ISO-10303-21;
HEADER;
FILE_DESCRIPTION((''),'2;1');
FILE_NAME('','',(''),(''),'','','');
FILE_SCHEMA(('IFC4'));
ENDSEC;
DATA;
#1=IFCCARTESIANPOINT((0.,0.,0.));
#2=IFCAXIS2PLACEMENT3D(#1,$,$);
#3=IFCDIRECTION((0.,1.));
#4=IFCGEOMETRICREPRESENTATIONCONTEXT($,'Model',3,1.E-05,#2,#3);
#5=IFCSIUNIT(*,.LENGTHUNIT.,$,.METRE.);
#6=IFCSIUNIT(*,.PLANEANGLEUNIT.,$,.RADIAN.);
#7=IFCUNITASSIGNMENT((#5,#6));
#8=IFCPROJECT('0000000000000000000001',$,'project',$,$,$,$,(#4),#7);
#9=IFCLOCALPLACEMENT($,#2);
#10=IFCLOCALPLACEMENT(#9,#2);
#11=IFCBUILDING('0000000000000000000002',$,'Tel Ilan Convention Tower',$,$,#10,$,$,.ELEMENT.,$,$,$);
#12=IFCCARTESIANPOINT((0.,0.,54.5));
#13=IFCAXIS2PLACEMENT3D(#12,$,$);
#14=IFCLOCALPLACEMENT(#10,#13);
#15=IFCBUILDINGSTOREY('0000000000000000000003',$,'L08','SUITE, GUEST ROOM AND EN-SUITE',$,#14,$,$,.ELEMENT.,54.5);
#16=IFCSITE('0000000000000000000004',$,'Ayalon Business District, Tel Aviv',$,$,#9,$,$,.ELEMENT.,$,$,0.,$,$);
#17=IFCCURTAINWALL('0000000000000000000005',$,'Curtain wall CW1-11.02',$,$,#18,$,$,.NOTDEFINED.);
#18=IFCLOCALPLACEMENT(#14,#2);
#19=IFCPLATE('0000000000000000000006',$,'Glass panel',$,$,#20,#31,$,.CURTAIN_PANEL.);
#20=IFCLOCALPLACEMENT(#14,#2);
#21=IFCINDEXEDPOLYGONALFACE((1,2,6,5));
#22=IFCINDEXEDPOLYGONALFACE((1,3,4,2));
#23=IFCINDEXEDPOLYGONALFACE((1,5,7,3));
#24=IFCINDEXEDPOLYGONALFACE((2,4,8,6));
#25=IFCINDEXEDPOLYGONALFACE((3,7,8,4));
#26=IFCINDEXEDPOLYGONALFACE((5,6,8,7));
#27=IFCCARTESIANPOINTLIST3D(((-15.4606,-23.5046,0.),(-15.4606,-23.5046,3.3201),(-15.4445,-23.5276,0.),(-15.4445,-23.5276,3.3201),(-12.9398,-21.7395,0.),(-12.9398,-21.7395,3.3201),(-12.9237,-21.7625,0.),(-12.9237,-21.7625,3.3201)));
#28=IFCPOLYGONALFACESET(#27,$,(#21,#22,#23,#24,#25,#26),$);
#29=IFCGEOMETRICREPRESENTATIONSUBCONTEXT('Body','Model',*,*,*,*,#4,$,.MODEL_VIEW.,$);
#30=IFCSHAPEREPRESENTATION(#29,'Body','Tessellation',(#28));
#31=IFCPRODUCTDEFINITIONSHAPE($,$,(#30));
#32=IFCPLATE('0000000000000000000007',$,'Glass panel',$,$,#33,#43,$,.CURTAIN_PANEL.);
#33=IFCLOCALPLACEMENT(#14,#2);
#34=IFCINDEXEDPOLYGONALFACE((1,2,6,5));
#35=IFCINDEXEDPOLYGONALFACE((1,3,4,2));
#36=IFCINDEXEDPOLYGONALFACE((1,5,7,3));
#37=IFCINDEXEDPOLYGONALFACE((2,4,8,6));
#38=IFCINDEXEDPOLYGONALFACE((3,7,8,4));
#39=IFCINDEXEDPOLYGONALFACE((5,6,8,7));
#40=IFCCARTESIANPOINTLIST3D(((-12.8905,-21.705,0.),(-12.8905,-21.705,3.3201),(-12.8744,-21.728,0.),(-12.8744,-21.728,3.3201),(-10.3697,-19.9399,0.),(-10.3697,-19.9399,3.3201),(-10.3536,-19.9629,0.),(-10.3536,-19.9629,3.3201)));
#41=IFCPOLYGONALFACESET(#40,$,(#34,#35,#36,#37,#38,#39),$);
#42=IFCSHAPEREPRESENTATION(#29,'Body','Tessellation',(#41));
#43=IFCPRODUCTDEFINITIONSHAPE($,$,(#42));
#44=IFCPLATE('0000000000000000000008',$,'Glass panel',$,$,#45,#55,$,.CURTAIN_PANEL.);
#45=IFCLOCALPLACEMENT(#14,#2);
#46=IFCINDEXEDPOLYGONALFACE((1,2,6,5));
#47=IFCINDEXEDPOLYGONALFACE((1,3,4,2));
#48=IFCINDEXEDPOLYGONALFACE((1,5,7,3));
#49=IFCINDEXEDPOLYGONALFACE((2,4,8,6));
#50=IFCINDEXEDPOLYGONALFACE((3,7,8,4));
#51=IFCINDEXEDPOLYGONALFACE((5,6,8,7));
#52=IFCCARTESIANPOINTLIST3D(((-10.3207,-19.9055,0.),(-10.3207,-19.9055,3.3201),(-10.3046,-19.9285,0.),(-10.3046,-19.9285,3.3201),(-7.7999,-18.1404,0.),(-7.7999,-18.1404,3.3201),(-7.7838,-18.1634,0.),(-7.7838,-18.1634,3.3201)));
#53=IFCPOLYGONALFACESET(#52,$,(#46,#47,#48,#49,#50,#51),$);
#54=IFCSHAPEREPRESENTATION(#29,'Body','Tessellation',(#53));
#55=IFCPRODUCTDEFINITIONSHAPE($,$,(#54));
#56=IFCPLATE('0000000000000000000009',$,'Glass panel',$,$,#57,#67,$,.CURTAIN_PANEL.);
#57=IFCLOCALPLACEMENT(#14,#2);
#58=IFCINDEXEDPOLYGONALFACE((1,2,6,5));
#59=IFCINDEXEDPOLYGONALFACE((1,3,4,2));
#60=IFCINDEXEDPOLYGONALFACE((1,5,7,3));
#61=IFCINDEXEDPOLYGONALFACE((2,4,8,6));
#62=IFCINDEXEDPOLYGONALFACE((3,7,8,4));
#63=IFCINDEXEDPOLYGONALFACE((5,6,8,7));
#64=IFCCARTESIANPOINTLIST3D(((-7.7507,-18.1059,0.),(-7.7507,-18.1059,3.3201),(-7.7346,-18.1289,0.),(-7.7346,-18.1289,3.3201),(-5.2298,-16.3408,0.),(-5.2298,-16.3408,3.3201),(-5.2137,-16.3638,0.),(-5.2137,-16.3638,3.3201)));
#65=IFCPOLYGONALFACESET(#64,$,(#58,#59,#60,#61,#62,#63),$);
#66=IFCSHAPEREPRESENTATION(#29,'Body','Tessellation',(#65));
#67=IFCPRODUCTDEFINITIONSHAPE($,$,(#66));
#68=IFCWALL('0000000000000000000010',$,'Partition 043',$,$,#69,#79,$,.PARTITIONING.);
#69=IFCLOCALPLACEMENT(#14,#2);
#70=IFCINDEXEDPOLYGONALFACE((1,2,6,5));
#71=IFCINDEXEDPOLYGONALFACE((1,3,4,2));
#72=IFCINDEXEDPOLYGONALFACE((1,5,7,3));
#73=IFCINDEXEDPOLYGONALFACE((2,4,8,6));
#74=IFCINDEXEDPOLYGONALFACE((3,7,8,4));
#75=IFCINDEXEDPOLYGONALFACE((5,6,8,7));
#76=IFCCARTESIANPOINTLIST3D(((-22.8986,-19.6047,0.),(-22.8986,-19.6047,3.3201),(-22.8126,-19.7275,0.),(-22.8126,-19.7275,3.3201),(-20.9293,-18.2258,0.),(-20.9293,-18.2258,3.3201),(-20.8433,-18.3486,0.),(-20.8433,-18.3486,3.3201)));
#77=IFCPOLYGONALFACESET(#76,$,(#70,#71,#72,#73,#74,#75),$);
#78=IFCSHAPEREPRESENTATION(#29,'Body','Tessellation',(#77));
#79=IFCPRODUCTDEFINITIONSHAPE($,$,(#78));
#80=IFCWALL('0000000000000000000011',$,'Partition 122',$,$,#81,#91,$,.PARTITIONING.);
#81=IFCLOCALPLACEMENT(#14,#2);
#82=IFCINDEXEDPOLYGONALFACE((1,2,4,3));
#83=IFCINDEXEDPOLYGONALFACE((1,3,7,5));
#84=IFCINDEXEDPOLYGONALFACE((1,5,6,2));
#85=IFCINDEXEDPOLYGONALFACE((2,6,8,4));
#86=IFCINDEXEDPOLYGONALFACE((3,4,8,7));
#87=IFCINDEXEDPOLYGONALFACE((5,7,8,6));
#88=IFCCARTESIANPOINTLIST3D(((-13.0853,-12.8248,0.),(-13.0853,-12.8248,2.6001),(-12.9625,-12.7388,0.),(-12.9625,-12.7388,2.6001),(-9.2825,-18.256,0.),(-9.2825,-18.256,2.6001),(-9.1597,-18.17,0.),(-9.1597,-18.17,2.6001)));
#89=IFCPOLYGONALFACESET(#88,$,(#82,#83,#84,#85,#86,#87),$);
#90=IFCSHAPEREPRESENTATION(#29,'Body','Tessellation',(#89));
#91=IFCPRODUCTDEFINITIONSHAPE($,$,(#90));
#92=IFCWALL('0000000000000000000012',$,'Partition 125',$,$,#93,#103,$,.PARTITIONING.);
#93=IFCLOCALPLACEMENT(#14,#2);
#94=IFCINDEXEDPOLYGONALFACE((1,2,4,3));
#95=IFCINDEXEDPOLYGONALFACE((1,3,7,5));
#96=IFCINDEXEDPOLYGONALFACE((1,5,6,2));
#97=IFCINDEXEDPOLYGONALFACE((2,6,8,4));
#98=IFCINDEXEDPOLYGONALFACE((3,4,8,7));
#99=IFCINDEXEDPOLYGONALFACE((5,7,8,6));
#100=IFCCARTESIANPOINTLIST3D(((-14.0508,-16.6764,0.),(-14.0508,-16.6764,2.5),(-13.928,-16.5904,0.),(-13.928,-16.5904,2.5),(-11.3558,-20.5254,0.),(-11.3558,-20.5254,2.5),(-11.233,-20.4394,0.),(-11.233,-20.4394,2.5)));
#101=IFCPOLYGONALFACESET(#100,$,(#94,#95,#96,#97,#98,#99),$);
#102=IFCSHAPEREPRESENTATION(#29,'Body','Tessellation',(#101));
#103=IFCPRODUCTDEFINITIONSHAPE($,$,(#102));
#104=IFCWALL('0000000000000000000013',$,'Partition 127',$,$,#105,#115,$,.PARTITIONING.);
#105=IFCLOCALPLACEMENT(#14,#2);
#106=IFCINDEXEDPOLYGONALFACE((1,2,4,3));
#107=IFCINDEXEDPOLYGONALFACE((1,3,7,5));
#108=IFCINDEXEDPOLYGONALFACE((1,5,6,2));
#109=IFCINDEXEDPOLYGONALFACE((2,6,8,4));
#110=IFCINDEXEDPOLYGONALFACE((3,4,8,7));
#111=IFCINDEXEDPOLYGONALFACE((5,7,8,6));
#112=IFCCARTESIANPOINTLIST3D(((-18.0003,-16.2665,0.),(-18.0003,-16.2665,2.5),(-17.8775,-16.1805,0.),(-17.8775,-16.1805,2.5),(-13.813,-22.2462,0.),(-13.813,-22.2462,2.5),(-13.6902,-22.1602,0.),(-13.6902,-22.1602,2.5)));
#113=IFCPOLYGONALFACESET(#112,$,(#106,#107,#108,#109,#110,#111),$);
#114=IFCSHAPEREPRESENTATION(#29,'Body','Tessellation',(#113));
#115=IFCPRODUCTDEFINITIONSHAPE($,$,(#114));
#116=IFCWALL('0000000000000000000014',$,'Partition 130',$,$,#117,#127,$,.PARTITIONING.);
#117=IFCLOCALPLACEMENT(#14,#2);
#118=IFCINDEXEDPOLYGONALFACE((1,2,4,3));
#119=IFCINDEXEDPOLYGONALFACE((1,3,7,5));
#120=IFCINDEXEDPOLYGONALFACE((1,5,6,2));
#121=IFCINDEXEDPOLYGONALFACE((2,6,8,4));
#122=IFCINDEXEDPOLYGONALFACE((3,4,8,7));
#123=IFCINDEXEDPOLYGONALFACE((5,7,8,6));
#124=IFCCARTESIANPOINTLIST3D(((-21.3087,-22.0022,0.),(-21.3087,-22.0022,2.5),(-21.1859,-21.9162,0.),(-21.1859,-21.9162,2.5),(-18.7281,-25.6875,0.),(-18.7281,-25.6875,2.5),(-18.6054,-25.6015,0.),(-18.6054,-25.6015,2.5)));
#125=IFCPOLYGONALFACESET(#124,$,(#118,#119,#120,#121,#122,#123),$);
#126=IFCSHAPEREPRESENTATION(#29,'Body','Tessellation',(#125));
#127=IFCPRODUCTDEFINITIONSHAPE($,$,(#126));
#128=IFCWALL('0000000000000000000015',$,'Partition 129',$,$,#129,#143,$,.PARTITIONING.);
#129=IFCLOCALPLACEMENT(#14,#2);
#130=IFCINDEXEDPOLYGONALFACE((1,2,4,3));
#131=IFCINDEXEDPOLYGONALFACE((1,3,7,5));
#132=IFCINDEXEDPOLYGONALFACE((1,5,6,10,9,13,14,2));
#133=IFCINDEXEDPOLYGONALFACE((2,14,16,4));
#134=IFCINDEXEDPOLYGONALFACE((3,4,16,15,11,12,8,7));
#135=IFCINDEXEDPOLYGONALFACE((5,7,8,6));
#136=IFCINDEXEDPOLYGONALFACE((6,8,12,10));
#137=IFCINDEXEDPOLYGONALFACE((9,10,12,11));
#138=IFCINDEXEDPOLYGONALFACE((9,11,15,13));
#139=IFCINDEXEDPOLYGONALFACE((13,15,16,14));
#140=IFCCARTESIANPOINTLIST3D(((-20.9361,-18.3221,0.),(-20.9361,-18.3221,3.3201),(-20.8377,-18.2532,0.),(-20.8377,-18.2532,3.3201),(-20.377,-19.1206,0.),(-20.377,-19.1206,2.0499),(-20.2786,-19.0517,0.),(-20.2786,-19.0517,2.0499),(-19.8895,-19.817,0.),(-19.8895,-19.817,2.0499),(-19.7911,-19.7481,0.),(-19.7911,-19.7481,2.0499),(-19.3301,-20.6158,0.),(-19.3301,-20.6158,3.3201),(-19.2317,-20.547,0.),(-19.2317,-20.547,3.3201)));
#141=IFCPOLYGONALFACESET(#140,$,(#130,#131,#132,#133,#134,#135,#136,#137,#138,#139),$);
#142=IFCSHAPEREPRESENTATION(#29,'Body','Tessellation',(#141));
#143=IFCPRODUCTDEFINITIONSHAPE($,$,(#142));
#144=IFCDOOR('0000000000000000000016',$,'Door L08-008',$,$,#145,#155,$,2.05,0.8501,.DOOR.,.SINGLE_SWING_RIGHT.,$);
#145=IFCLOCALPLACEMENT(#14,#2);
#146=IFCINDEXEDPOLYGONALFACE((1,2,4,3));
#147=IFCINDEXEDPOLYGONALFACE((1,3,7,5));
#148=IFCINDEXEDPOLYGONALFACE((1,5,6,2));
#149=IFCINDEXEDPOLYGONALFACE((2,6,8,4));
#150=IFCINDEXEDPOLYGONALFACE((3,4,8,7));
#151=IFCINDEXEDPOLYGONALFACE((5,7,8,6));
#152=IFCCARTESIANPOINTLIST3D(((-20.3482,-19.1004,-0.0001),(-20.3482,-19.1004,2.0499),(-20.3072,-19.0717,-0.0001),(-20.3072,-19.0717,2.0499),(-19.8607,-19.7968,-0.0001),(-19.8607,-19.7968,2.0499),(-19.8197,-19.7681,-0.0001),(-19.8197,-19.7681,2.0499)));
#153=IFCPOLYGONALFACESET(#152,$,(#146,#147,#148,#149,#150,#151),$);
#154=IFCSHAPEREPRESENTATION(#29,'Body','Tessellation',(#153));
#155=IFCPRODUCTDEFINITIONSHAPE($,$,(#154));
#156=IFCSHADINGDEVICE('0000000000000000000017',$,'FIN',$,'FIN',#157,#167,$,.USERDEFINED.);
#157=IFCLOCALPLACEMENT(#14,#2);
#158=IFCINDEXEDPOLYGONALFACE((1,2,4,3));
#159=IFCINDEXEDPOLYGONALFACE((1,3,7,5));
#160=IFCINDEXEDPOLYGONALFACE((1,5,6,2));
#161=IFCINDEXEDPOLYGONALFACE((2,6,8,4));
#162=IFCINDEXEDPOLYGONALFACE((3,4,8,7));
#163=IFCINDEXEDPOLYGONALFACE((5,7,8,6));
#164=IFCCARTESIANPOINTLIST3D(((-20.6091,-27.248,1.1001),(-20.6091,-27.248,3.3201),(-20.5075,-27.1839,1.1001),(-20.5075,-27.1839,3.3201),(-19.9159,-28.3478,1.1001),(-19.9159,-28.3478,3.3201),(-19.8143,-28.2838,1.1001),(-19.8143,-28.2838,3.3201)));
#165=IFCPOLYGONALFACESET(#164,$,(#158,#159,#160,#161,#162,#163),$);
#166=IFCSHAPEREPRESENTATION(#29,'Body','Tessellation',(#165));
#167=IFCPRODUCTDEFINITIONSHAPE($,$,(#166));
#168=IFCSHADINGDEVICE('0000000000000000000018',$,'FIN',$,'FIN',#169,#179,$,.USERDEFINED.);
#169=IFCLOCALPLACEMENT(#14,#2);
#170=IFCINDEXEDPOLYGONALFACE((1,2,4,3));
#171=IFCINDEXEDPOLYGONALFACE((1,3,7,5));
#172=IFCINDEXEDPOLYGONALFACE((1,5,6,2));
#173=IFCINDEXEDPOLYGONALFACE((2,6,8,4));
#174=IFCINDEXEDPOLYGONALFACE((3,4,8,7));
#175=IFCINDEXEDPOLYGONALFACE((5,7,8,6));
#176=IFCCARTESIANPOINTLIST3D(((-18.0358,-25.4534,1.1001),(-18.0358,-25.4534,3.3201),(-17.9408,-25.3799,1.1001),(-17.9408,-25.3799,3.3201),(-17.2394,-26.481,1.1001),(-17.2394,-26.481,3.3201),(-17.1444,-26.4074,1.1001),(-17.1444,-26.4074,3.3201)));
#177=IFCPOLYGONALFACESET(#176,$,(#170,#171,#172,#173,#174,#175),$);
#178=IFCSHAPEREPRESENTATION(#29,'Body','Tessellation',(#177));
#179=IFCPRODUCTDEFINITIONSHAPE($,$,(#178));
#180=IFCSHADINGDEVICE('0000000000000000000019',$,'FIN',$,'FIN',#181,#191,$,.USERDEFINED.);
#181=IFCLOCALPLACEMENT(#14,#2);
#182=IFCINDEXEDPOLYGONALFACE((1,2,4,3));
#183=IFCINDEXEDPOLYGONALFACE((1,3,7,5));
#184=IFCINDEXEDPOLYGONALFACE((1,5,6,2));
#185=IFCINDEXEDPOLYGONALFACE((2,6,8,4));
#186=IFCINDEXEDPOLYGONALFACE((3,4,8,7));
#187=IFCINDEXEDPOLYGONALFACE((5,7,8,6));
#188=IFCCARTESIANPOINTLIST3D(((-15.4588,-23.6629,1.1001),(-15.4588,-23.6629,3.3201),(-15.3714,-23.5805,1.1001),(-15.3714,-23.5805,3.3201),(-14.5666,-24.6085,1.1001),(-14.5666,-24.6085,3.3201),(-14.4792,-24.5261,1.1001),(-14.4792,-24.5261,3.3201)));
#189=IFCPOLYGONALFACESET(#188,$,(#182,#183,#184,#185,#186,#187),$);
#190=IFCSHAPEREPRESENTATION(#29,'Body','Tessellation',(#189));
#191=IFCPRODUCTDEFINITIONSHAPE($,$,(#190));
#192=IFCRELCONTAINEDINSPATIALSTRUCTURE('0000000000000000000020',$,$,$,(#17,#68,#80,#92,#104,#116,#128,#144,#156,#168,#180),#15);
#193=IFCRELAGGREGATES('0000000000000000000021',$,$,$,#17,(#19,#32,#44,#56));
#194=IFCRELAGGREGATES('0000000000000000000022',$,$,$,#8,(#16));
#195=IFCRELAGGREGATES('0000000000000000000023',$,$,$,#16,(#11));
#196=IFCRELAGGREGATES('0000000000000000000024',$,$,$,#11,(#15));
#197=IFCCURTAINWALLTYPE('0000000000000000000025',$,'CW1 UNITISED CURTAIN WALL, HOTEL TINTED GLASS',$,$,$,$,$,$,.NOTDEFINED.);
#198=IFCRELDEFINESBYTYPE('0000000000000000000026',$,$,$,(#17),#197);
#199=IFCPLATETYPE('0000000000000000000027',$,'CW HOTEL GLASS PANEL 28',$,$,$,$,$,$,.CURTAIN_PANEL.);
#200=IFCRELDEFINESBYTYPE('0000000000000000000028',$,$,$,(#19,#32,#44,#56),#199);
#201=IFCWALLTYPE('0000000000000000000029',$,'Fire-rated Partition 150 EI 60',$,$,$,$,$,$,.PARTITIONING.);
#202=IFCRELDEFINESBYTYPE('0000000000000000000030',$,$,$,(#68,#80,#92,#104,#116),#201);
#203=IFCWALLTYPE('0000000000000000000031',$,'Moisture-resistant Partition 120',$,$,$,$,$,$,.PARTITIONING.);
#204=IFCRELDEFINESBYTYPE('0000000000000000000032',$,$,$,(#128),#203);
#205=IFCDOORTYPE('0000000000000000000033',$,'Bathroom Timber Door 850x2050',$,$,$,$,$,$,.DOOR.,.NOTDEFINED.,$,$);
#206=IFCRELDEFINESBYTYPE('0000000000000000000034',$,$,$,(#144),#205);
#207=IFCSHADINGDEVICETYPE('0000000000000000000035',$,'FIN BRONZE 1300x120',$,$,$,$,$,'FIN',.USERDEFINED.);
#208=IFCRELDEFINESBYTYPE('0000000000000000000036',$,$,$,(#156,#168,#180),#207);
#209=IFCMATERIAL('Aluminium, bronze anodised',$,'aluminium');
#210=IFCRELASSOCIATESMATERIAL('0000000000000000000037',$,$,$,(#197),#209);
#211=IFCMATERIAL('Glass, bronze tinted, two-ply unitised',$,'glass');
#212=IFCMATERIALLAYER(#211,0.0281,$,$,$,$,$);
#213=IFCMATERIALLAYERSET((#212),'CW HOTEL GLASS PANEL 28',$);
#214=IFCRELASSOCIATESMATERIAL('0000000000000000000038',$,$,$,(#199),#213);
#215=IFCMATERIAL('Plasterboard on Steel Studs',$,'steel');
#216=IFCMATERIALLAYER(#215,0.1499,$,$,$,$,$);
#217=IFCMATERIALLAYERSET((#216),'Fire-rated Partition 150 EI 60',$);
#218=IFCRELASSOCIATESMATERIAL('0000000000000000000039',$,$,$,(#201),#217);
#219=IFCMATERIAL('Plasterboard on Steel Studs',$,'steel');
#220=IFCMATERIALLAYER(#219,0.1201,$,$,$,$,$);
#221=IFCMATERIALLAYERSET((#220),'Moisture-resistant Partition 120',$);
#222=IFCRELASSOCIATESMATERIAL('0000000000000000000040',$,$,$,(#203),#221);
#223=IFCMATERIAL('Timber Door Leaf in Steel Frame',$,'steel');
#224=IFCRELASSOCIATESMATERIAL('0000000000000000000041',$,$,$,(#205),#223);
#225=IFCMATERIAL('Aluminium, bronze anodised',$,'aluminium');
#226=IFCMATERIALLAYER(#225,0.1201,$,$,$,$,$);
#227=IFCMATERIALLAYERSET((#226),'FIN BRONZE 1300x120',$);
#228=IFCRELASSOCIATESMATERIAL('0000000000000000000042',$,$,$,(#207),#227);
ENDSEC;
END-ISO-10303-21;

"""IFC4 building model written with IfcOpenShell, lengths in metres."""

from ifc_helpers import new_model, si_unit, direction, frame, frame_2d, origin, origin_2d, place, context, subcontext, project, spatial, rectangle, extrude, material, layer, layer_set, type_object, element, fill, aggregate, save


model = new_model("IFC4")

# Units and contexts
model_context = context("Model", 3, precision=1e-05, world=origin(), true_north=direction((0.0, 1.0)))
body_context = subcontext(model_context, "Body", "Model", "MODEL_VIEW")
ifc_project = project(units=[si_unit("LENGTHUNIT", "METRE"), si_unit("PLANEANGLEUNIT", "RADIAN")], contexts=[model_context])

# Site, building, storey
site_placement = place(None, origin())
site = spatial("IfcSite", under=ifc_project, at=site_placement, Name="Ayalon Business District, Tel Aviv", CompositionType="ELEMENT", RefElevation=0.0)
building_placement = place(site_placement, origin())
building = spatial("IfcBuilding", under=site, at=building_placement, Name="Tel Ilan Convention Tower", CompositionType="ELEMENT")
storey_placement = place(building_placement, frame((0.0, 0.0, 54.5)))
storey = spatial("IfcBuildingStorey", under=building, at=storey_placement, Name="L08", Description="SUITE, GUEST ROOM AND EN-SUITE", CompositionType="ELEMENT", Elevation=54.5)

# Curtain wall, plates
ifc_material_1 = material(Name="Aluminium, bronze anodised", Category="aluminium")
curtain_wall_type = type_object("IfcCurtainWallType", Name="CW1 UNITISED CURTAIN WALL, HOTEL TINTED GLASS", PredefinedType="NOTDEFINED", material=ifc_material_1)
curtain_wall_placement = place(storey_placement, origin())
curtain_wall = element("IfcCurtainWall", 1, at=curtain_wall_placement, inside=storey, type_object=curtain_wall_type, Name="Curtain wall CW1-11.02", PredefinedType="NOTDEFINED")
ifc_material_2 = material(Name="Glass, bronze tinted, two-ply unitised", Category="glass")
ifc_layer_1 = layer(ifc_material_2, 0.0281)
ifc_layer_set_1 = layer_set([ifc_layer_1], Name="CW HOTEL GLASS PANEL 28")
plate_type = type_object("IfcPlateType", Name="CW HOTEL GLASS PANEL 28", PredefinedType="CURTAIN_PANEL", material=ifc_layer_set_1)
plate_1_placement = place(storey_placement, frame((-14.1921, -22.6335, 0.0), z_axis=(0.0, 0.0, 1.0), x_axis=(0.819152, 0.573576, 0.0)))
plate_1 = element("IfcPlate", 2, at=plate_1_placement, type_object=plate_type, Name="Glass panel", PredefinedType="CURTAIN_PANEL", context=body_context, shape_type="SweptSolid", body=[
    extrude(rectangle(XDim=3.0774, YDim=0.0281, at=origin_2d()), origin(), (0.0, 0.0, 1.0), 3.3201),
])
plate_2_placement = place(storey_placement, frame((-11.6221, -20.834, 0.0), z_axis=(0.0, 0.0, 1.0), x_axis=(0.819152, 0.573576, 0.0)))
plate_2 = element("IfcPlate", 3, at=plate_2_placement, type_object=plate_type, Name="Glass panel", PredefinedType="CURTAIN_PANEL", context=body_context, shape_type="SweptSolid", body=[
    extrude(rectangle(XDim=3.0774, YDim=0.0281, at=origin_2d()), origin(), (0.0, 0.0, 1.0), 3.3201),
])
plate_3_placement = place(storey_placement, frame((-9.0522, -19.0344, 0.0), z_axis=(0.0, 0.0, 1.0), x_axis=(0.819152, 0.573576, 0.0)))
plate_3 = element("IfcPlate", 4, at=plate_3_placement, type_object=plate_type, Name="Glass panel", PredefinedType="CURTAIN_PANEL", context=body_context, shape_type="SweptSolid", body=[
    extrude(rectangle(XDim=3.0774, YDim=0.0281, at=origin_2d()), origin(), (0.0, 0.0, 1.0), 3.3201),
])
plate_4_placement = place(storey_placement, frame((-6.4822, -17.2349, 0.0), z_axis=(0.0, 0.0, 1.0), x_axis=(0.819152, 0.573576, 0.0)))
plate_4 = element("IfcPlate", 5, at=plate_4_placement, type_object=plate_type, Name="Glass panel", PredefinedType="CURTAIN_PANEL", context=body_context, shape_type="SweptSolid", body=[
    extrude(rectangle(XDim=3.0774, YDim=0.0281, at=origin_2d()), origin(), (0.0, 0.0, 1.0), 3.3201),
])
aggregate(curtain_wall, [plate_1, plate_2, plate_3, plate_4])

# Walls
ifc_material_3 = material(Name="Plasterboard on Steel Studs", Category="steel")
ifc_layer_2 = layer(ifc_material_3, 0.1499)
ifc_layer_set_2 = layer_set([ifc_layer_2], Name="Fire-rated Partition 150 EI 60")
wall_type_1 = type_object("IfcWallType", Name="Fire-rated Partition 150 EI 60", PredefinedType="PARTITIONING", material=ifc_layer_set_2)
wall_1_placement = place(storey_placement, frame((-20.8862, -18.2871, 0.0), z_axis=(0.0, 0.0, 1.0), x_axis=(-0.819146, -0.573585, 0.0)))
element("IfcWall", 6, at=wall_1_placement, inside=storey, type_object=wall_type_1, Name="Partition 043", PredefinedType="PARTITIONING", context=body_context, shape_type="SweptSolid", body=[
    extrude(rectangle(XDim=2.4041, YDim=0.1499, at=frame_2d((1.2021, 0.0))), origin(), (0.0, 0.0, 1.0), 3.3201),
])
wall_2_placement = place(storey_placement, frame((-9.2212, -18.2129, 0.0), z_axis=(0.0, 0.0, 1.0), x_axis=(-0.573556, 0.819166, 0.0)))
element("IfcWall", 7, at=wall_2_placement, inside=storey, type_object=wall_type_1, Name="Partition 122", PredefinedType="PARTITIONING", context=body_context, shape_type="SweptSolid", body=[
    extrude(rectangle(XDim=6.6301, YDim=0.1499, at=frame_2d((3.3149, 0.0))), origin(), (0.0, 0.0, 1.0), 2.6001),
])
wall_3_placement = place(storey_placement, frame((-11.2944, -20.4824, 0.0), z_axis=(0.0, 0.0, 1.0), x_axis=(-0.57356, 0.819164, 0.0)))
element("IfcWall", 8, at=wall_3_placement, inside=storey, type_object=wall_type_1, Name="Partition 125", PredefinedType="PARTITIONING", context=body_context, shape_type="SweptSolid", body=[
    extrude(rectangle(XDim=4.6987, YDim=0.1499, at=frame_2d((2.3494, 0.0))), origin(), (0.0, 0.0, 1.0), 2.5),
])
wall_4_placement = place(storey_placement, frame((-13.7517, -22.2031, 0.0), z_axis=(0.0, 0.0, 1.0), x_axis=(-0.573595, 0.819139, 0.0)))
element("IfcWall", 9, at=wall_4_placement, inside=storey, type_object=wall_type_1, Name="Partition 127", PredefinedType="PARTITIONING", context=body_context, shape_type="SweptSolid", body=[
    extrude(rectangle(XDim=7.3, YDim=0.1499, at=frame_2d((3.6499, 0.0))), origin(), (0.0, 0.0, 1.0), 2.5),
])
wall_5_placement = place(storey_placement, frame((-18.6667, -25.6445, 0.0), z_axis=(0.0, 0.0, 1.0), x_axis=(-0.57359, 0.819143, 0.0)))
element("IfcWall", 10, at=wall_5_placement, inside=storey, type_object=wall_type_1, Name="Partition 130", PredefinedType="PARTITIONING", context=body_context, shape_type="SweptSolid", body=[
    extrude(rectangle(XDim=4.499, YDim=0.1499, at=frame_2d((2.2495, 0.0))), origin(), (0.0, 0.0, 1.0), 2.5),
])

# Wall, opening, door
ifc_material_4 = material(Name="Plasterboard on Steel Studs", Category="steel")
ifc_layer_3 = layer(ifc_material_4, 0.1201)
ifc_layer_set_3 = layer_set([ifc_layer_3], Name="Moisture-resistant Partition 120")
wall_type_2 = type_object("IfcWallType", Name="Moisture-resistant Partition 120", PredefinedType="PARTITIONING", material=ifc_layer_set_3)
wall_6_placement = place(storey_placement, frame((-19.281, -20.5813, 0.0), z_axis=(0.0, 0.0, 1.0), x_axis=(-0.57355, 0.81917, 0.0)))
wall_6 = element("IfcWall", 11, at=wall_6_placement, inside=storey, type_object=wall_type_2, Name="Partition 129", PredefinedType="PARTITIONING", context=body_context, shape_type="SweptSolid", body=[
    extrude(rectangle(XDim=2.8, YDim=0.1201, at=frame_2d((1.3999, 0.0))), origin(), (0.0, 0.0, 1.0), 3.3201),
])
opening_placement = place(wall_6_placement, frame((0.9751, 0.0, 0.0)))
opening = element("IfcOpeningElement", 12, at=opening_placement, cuts=wall_6, PredefinedType="OPENING", context=body_context, shape_type="SweptSolid", body=[
    extrude(rectangle(XDim=0.8501, YDim=2.05, at=frame_2d((0.425, 1.0249))), frame((0.0, 0.0701, 0.0), z_axis=(0.0, -1.0, 0.0), x_axis=(1.0, 0.0, 0.0)), (0.0, 0.0, 1.0), 0.1401),
])
ifc_material_5 = material(Name="Timber Door Leaf in Steel Frame", Category="steel")
door_type = type_object("IfcDoorType", Name="Bathroom Timber Door 850x2050", OperationType="NOTDEFINED", PredefinedType="DOOR", material=ifc_material_5)
door_placement = place(opening_placement, origin())
door = element("IfcDoor", 13, at=door_placement, inside=storey, type_object=door_type, Name="Door L08-008", OperationType="SINGLE_SWING_RIGHT", OverallHeight=2.05, OverallWidth=0.8501, PredefinedType="DOOR", context=body_context, shape_type="SweptSolid", body=[
    extrude(rectangle(XDim=0.8501, YDim=2.05, at=frame_2d((0.425, 1.0249))), frame((0.0, 0.0249, 0.0), z_axis=(0.0, -1.0, 0.0), x_axis=(1.0, 0.0, 0.0)), (0.0, 0.0, 1.0), 0.05),
])
fill(opening, door)

# Shading devices
ifc_material_6 = material(Name="Aluminium, bronze anodised", Category="aluminium")
ifc_layer_4 = layer(ifc_material_6, 0.1201)
ifc_layer_set_4 = layer_set([ifc_layer_4], Name="FIN BRONZE 1300x120")
shading_device_type = type_object("IfcShadingDeviceType", Name="FIN BRONZE 1300x120", ElementType="FIN", PredefinedType="USERDEFINED", material=ifc_layer_set_4)
for number, where, z_axis, x_axis, name in (
    (14, (-20.2117, -27.7659, 1.1001), (0.0, 0.0, 1.0), (0.533204, -0.845986, 0.0), "FIN"),
    (15, (-17.5901, -25.9304, 1.1001), (0.0, 0.0, 1.0), (0.612601, -0.790393, 0.0), "FIN"),
    (16, (-14.969, -24.0945, 1.1001), (0.0, 0.0, 1.0), (0.686242, -0.727374, 0.0), "FIN"),
):
    element("IfcShadingDevice", number, at=place(storey_placement, frame(where, z_axis=z_axis, x_axis=x_axis)), inside=storey, type_object=shading_device_type, Name=name, ObjectType="FIN", PredefinedType="USERDEFINED", context=body_context, shape_type="SweptSolid", body=[
        extrude(rectangle(XDim=1.3, YDim=0.1201, at=origin_2d()), origin(), (0.0, 0.0, 1.0), 2.22),
    ])

save(model, "model.ifc")
